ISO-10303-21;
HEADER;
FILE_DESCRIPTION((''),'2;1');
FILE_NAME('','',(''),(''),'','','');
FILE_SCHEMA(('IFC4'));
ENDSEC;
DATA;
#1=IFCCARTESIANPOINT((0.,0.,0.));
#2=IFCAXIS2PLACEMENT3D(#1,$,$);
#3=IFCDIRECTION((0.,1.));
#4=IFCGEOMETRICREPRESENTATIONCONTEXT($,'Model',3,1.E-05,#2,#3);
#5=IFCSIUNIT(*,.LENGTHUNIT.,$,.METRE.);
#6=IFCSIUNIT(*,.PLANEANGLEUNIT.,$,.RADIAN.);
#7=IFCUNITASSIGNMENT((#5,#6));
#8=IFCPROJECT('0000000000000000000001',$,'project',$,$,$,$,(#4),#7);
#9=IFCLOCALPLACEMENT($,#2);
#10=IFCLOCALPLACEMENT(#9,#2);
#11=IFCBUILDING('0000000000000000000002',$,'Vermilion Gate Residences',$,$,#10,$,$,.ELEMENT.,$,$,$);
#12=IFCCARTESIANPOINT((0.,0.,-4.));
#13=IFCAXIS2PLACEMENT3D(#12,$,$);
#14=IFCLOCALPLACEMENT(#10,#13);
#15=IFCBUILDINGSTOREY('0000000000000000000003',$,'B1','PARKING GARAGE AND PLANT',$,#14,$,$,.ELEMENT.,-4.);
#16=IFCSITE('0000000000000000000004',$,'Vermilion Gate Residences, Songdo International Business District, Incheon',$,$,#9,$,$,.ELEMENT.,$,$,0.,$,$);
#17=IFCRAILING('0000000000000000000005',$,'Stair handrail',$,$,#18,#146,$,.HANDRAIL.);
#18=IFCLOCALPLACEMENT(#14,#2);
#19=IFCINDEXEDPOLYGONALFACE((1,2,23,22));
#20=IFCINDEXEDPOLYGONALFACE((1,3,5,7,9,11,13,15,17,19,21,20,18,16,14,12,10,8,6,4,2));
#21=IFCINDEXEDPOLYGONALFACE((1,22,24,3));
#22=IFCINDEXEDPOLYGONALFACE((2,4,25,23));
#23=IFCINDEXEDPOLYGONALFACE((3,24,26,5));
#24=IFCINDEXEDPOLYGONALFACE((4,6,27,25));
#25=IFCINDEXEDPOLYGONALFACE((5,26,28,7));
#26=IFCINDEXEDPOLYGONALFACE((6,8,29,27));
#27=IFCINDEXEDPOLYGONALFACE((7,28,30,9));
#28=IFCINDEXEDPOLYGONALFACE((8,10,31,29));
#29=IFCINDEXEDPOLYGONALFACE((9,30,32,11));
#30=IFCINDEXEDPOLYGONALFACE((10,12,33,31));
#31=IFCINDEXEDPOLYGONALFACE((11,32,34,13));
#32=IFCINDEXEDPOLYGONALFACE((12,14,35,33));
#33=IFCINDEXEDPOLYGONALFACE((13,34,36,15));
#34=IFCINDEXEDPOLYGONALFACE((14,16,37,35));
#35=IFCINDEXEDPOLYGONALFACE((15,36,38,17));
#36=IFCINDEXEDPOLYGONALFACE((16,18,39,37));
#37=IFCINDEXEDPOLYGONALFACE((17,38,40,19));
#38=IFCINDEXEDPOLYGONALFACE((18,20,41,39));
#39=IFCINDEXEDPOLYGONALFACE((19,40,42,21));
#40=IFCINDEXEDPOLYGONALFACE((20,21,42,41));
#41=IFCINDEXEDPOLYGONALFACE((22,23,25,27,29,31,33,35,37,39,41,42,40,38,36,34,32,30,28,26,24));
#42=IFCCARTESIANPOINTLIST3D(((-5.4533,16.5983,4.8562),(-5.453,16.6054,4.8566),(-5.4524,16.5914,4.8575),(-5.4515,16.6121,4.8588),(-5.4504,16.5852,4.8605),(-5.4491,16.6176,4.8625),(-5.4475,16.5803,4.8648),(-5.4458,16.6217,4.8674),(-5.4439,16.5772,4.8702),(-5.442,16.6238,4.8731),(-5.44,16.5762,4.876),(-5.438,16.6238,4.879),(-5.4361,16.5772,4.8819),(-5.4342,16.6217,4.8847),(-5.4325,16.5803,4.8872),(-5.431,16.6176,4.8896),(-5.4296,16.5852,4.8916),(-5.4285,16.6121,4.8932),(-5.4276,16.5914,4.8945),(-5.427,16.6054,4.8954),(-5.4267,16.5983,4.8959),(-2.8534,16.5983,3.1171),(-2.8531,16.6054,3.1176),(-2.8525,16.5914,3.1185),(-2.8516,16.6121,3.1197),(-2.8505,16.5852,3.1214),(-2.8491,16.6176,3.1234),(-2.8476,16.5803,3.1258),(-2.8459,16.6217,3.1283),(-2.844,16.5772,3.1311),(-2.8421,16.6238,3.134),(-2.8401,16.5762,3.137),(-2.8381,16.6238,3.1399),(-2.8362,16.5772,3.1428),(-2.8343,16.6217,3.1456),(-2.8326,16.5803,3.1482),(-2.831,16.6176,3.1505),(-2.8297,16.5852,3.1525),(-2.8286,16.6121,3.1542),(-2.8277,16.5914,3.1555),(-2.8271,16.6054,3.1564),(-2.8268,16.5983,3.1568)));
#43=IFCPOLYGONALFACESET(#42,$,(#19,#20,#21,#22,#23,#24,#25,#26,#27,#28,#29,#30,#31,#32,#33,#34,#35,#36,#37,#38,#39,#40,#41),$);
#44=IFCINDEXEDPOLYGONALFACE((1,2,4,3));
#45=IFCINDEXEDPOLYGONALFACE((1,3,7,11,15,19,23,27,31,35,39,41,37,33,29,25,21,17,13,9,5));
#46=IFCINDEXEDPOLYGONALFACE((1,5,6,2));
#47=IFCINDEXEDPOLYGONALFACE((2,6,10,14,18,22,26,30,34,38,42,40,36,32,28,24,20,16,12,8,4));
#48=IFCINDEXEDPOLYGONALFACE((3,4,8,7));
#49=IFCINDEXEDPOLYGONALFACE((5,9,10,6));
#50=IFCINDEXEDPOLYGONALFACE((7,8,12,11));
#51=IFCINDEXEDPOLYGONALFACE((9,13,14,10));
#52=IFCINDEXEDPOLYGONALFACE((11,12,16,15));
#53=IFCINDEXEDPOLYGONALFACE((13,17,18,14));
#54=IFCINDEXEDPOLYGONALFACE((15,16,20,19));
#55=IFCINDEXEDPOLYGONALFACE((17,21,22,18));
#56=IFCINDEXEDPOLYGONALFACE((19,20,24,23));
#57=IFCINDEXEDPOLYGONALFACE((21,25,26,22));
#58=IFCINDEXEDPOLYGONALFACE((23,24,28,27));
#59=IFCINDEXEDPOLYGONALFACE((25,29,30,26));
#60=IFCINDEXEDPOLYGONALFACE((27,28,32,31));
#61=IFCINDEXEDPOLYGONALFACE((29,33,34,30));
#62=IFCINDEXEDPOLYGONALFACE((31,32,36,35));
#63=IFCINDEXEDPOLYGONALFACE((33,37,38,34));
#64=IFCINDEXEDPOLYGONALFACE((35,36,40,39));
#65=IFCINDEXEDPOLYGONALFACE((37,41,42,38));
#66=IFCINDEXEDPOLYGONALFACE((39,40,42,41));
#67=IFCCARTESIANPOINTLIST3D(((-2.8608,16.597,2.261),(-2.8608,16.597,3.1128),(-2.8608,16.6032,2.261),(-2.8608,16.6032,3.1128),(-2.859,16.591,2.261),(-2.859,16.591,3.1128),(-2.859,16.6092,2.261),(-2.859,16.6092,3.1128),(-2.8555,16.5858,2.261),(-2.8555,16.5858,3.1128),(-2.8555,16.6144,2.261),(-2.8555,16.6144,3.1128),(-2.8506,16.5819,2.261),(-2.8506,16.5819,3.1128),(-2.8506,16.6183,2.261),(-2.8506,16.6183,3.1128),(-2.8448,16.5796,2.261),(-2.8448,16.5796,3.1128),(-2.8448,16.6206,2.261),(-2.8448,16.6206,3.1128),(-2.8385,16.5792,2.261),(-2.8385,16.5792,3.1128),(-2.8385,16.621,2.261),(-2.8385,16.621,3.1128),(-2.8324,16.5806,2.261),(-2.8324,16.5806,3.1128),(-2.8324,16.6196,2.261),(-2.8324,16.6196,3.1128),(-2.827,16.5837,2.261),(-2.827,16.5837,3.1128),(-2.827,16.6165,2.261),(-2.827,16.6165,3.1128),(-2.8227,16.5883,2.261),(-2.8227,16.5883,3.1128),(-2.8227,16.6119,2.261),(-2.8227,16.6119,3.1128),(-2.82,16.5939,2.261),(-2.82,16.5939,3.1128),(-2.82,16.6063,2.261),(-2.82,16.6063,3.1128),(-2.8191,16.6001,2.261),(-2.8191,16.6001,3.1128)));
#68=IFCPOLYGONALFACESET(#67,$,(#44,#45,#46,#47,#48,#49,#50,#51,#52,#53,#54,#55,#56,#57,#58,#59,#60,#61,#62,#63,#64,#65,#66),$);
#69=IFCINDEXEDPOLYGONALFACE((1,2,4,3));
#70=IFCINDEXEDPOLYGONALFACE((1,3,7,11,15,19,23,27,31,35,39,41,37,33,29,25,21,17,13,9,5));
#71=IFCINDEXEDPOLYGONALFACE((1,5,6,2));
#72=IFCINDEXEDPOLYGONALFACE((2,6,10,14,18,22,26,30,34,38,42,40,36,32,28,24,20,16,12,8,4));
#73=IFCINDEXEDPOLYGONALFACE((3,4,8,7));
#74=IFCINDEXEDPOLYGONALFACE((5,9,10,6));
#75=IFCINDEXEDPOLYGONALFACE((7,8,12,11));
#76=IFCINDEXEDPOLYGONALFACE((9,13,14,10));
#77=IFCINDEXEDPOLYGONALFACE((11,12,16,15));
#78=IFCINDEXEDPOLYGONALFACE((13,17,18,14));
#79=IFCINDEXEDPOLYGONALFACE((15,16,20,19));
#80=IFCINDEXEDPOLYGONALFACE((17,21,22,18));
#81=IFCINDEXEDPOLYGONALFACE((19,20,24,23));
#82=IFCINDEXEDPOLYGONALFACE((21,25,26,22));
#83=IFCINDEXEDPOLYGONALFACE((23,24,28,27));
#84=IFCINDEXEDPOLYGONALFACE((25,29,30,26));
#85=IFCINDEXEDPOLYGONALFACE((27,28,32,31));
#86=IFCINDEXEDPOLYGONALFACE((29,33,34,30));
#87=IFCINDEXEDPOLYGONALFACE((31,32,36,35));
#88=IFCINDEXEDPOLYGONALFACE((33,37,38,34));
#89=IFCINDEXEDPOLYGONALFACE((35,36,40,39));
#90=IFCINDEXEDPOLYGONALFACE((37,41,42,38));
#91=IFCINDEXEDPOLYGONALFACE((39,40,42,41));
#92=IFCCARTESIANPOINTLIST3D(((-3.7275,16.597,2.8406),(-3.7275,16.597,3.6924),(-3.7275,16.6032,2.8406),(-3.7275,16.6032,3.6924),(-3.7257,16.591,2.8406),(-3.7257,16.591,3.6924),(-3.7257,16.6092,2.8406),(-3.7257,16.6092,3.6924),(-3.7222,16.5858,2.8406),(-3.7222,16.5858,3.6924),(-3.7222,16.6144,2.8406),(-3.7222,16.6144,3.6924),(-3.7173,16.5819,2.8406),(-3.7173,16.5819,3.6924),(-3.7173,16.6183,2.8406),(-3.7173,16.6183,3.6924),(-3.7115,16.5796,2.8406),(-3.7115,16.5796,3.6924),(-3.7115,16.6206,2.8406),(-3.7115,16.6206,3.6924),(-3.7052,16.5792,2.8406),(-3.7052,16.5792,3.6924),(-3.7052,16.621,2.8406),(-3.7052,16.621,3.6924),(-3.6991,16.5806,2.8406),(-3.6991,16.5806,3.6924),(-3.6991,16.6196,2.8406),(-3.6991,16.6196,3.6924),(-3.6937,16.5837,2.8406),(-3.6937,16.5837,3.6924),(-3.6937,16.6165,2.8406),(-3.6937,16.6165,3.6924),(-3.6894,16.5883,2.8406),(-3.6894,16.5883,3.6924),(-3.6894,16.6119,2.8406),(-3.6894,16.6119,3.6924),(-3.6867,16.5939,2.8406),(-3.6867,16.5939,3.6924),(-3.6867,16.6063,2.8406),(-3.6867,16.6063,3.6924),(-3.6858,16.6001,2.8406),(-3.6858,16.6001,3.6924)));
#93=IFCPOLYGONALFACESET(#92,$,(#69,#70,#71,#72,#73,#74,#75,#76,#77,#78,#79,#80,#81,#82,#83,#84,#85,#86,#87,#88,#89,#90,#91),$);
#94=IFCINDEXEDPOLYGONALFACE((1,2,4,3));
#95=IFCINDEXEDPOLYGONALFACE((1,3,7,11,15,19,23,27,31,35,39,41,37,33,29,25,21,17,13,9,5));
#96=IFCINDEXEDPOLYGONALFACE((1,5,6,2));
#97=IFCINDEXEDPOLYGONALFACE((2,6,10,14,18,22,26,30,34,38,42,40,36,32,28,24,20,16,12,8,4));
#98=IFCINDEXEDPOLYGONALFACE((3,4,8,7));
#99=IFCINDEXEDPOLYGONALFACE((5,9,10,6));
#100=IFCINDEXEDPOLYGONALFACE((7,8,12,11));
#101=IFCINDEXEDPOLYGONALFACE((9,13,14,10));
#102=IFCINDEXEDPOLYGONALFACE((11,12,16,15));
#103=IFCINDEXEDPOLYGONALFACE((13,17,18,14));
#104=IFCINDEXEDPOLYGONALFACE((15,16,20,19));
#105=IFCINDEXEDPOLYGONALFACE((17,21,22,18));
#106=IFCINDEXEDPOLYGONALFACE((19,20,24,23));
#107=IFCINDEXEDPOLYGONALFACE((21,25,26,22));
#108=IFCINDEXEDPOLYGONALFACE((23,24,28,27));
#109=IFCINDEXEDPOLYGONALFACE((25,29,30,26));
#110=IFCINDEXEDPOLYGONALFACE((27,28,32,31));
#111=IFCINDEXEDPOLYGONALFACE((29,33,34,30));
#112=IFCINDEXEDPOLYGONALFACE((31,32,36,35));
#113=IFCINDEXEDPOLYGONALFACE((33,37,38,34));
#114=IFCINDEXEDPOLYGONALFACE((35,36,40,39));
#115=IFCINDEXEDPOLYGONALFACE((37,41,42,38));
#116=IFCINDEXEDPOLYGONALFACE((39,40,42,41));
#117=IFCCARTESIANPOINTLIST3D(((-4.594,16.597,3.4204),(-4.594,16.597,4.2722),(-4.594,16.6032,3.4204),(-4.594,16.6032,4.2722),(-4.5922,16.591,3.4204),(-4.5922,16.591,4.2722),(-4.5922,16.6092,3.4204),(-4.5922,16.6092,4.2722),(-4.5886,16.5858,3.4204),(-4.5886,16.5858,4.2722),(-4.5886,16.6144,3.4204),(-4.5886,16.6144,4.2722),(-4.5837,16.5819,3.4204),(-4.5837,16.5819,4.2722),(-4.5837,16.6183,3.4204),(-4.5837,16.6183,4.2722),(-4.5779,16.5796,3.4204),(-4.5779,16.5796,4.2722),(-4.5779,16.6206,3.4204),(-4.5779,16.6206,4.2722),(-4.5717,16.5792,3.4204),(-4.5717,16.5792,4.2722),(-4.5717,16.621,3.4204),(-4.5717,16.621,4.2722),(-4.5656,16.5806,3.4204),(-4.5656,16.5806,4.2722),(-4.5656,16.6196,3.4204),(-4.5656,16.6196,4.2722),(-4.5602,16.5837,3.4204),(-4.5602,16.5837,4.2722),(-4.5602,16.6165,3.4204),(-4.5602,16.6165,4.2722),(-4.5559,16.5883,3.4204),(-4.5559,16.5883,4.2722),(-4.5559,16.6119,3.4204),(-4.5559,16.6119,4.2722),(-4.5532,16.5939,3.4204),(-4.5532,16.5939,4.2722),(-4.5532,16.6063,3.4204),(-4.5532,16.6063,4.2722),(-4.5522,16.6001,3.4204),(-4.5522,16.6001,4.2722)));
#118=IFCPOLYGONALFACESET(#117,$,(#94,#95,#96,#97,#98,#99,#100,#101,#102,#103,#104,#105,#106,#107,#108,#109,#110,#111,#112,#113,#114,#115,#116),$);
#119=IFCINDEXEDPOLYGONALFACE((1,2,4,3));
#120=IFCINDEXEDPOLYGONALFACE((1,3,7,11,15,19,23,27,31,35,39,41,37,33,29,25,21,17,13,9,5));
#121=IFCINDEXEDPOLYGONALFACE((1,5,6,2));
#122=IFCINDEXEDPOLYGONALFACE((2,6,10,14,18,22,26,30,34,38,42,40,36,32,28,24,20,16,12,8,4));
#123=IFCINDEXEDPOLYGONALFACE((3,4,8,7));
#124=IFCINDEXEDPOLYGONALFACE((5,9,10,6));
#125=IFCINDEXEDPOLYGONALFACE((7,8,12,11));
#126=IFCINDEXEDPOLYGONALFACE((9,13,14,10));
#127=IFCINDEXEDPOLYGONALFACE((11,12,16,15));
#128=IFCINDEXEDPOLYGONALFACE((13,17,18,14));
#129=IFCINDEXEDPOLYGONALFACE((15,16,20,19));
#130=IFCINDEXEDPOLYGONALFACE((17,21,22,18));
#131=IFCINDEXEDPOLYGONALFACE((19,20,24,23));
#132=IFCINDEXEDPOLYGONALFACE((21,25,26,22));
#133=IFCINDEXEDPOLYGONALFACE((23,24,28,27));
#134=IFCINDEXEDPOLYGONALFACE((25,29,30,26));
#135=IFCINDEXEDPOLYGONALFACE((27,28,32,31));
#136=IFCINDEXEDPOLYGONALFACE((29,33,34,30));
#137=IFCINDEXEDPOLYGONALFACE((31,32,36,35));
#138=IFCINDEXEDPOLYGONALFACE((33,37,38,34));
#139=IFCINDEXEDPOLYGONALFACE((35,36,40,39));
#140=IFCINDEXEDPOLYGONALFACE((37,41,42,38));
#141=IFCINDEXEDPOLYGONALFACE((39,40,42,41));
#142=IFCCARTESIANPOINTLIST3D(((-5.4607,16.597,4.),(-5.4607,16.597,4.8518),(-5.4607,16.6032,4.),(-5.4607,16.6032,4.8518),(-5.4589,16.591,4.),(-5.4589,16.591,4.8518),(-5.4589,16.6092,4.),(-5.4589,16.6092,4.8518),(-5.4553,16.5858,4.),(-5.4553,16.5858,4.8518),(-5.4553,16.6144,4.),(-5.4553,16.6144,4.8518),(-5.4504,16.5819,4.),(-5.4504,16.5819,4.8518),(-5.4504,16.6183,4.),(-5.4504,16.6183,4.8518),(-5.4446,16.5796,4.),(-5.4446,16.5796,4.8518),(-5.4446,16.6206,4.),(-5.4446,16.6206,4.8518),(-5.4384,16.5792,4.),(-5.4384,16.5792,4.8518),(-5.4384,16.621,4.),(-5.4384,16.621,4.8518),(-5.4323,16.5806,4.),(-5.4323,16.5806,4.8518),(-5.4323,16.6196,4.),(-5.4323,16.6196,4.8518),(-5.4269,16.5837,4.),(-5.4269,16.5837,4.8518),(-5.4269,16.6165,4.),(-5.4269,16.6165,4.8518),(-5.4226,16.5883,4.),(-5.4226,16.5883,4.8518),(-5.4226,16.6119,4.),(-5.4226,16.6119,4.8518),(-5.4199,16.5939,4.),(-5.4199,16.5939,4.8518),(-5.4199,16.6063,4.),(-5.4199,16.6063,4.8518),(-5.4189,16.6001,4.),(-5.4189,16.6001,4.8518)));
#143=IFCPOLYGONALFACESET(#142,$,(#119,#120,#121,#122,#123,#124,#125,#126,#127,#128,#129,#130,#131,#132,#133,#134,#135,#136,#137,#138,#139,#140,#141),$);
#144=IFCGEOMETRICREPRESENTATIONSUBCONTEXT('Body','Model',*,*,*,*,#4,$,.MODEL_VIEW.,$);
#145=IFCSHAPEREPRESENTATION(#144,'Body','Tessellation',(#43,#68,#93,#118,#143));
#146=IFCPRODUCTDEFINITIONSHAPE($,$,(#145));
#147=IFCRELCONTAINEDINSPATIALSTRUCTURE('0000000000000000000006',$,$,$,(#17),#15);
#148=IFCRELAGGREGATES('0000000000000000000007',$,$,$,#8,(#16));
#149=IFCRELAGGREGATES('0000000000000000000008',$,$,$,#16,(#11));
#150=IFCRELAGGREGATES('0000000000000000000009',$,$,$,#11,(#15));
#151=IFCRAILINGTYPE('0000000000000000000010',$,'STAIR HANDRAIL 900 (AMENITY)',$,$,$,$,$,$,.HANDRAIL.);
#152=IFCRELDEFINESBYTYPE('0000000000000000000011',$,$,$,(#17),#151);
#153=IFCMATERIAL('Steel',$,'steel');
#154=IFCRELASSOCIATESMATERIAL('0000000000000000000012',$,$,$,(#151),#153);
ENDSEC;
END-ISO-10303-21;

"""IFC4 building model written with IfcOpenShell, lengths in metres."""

from ifc_helpers import new_model, si_unit, direction, frame, origin, origin_2d, place, context, subcontext, project, spatial, circle, extrude, material, type_object, element, save


model = new_model("IFC4")

# Units and contexts
model_context = context("Model", 3, precision=1e-05, world=origin(), true_north=direction((0.0, 1.0)))
body_context = subcontext(model_context, "Body", "Model", "MODEL_VIEW")
ifc_project = project(units=[si_unit("LENGTHUNIT", "METRE"), si_unit("PLANEANGLEUNIT", "RADIAN")], contexts=[model_context])

# Site, building, storey
site_placement = place(None, origin())
site = spatial("IfcSite", under=ifc_project, at=site_placement, Name="Vermilion Gate Residences, Songdo International Business District, Incheon", CompositionType="ELEMENT", RefElevation=0.0)
building_placement = place(site_placement, origin())
building = spatial("IfcBuilding", under=site, at=building_placement, Name="Vermilion Gate Residences", CompositionType="ELEMENT")
storey_placement = place(building_placement, frame((0.0, 0.0, -4.0)))
storey = spatial("IfcBuildingStorey", under=building, at=storey_placement, Name="B1", Description="PARKING GARAGE AND PLANT", CompositionType="ELEMENT", Elevation=-4.0)

# Railing
ifc_material_1 = material(Name="Steel", Category="steel")
railing_type = type_object("IfcRailingType", Name="STAIR HANDRAIL 900 (AMENITY)", PredefinedType="HANDRAIL", material=ifc_material_1)
railing_1_placement = place(storey_placement, frame((-2.8401, 16.6001, 2.261)))
element("IfcRailing", 1, at=railing_1_placement, inside=storey, type_object=railing_type, Name="Stair handrail", PredefinedType="HANDRAIL", context=body_context, shape_type="SweptSolid", body=[
    extrude(circle(Radius=0.0239, at=origin_2d()), frame((0.0, 0.0, 0.876), z_axis=(-0.831197, 0.0, 0.555978), x_axis=(0.0, -1.0, 0.0)), (0.0, 0.0, 1.0), 3.1279),
    extrude(circle(Radius=0.021, at=origin_2d()), origin(), (0.0, 0.0, 1.0), 0.8518),
    extrude(circle(Radius=0.021, at=origin_2d()), frame((-0.8667, 0.0, 0.5796)), (0.0, 0.0, 1.0), 0.8518),
    extrude(circle(Radius=0.021, at=origin_2d()), frame((-1.7332, 0.0, 1.1594)), (0.0, 0.0, 1.0), 0.8518),
    extrude(circle(Radius=0.021, at=origin_2d()), frame((-2.5999, 0.0, 1.739)), (0.0, 0.0, 1.0), 0.8518),
])

save(model, "model.ifc")
